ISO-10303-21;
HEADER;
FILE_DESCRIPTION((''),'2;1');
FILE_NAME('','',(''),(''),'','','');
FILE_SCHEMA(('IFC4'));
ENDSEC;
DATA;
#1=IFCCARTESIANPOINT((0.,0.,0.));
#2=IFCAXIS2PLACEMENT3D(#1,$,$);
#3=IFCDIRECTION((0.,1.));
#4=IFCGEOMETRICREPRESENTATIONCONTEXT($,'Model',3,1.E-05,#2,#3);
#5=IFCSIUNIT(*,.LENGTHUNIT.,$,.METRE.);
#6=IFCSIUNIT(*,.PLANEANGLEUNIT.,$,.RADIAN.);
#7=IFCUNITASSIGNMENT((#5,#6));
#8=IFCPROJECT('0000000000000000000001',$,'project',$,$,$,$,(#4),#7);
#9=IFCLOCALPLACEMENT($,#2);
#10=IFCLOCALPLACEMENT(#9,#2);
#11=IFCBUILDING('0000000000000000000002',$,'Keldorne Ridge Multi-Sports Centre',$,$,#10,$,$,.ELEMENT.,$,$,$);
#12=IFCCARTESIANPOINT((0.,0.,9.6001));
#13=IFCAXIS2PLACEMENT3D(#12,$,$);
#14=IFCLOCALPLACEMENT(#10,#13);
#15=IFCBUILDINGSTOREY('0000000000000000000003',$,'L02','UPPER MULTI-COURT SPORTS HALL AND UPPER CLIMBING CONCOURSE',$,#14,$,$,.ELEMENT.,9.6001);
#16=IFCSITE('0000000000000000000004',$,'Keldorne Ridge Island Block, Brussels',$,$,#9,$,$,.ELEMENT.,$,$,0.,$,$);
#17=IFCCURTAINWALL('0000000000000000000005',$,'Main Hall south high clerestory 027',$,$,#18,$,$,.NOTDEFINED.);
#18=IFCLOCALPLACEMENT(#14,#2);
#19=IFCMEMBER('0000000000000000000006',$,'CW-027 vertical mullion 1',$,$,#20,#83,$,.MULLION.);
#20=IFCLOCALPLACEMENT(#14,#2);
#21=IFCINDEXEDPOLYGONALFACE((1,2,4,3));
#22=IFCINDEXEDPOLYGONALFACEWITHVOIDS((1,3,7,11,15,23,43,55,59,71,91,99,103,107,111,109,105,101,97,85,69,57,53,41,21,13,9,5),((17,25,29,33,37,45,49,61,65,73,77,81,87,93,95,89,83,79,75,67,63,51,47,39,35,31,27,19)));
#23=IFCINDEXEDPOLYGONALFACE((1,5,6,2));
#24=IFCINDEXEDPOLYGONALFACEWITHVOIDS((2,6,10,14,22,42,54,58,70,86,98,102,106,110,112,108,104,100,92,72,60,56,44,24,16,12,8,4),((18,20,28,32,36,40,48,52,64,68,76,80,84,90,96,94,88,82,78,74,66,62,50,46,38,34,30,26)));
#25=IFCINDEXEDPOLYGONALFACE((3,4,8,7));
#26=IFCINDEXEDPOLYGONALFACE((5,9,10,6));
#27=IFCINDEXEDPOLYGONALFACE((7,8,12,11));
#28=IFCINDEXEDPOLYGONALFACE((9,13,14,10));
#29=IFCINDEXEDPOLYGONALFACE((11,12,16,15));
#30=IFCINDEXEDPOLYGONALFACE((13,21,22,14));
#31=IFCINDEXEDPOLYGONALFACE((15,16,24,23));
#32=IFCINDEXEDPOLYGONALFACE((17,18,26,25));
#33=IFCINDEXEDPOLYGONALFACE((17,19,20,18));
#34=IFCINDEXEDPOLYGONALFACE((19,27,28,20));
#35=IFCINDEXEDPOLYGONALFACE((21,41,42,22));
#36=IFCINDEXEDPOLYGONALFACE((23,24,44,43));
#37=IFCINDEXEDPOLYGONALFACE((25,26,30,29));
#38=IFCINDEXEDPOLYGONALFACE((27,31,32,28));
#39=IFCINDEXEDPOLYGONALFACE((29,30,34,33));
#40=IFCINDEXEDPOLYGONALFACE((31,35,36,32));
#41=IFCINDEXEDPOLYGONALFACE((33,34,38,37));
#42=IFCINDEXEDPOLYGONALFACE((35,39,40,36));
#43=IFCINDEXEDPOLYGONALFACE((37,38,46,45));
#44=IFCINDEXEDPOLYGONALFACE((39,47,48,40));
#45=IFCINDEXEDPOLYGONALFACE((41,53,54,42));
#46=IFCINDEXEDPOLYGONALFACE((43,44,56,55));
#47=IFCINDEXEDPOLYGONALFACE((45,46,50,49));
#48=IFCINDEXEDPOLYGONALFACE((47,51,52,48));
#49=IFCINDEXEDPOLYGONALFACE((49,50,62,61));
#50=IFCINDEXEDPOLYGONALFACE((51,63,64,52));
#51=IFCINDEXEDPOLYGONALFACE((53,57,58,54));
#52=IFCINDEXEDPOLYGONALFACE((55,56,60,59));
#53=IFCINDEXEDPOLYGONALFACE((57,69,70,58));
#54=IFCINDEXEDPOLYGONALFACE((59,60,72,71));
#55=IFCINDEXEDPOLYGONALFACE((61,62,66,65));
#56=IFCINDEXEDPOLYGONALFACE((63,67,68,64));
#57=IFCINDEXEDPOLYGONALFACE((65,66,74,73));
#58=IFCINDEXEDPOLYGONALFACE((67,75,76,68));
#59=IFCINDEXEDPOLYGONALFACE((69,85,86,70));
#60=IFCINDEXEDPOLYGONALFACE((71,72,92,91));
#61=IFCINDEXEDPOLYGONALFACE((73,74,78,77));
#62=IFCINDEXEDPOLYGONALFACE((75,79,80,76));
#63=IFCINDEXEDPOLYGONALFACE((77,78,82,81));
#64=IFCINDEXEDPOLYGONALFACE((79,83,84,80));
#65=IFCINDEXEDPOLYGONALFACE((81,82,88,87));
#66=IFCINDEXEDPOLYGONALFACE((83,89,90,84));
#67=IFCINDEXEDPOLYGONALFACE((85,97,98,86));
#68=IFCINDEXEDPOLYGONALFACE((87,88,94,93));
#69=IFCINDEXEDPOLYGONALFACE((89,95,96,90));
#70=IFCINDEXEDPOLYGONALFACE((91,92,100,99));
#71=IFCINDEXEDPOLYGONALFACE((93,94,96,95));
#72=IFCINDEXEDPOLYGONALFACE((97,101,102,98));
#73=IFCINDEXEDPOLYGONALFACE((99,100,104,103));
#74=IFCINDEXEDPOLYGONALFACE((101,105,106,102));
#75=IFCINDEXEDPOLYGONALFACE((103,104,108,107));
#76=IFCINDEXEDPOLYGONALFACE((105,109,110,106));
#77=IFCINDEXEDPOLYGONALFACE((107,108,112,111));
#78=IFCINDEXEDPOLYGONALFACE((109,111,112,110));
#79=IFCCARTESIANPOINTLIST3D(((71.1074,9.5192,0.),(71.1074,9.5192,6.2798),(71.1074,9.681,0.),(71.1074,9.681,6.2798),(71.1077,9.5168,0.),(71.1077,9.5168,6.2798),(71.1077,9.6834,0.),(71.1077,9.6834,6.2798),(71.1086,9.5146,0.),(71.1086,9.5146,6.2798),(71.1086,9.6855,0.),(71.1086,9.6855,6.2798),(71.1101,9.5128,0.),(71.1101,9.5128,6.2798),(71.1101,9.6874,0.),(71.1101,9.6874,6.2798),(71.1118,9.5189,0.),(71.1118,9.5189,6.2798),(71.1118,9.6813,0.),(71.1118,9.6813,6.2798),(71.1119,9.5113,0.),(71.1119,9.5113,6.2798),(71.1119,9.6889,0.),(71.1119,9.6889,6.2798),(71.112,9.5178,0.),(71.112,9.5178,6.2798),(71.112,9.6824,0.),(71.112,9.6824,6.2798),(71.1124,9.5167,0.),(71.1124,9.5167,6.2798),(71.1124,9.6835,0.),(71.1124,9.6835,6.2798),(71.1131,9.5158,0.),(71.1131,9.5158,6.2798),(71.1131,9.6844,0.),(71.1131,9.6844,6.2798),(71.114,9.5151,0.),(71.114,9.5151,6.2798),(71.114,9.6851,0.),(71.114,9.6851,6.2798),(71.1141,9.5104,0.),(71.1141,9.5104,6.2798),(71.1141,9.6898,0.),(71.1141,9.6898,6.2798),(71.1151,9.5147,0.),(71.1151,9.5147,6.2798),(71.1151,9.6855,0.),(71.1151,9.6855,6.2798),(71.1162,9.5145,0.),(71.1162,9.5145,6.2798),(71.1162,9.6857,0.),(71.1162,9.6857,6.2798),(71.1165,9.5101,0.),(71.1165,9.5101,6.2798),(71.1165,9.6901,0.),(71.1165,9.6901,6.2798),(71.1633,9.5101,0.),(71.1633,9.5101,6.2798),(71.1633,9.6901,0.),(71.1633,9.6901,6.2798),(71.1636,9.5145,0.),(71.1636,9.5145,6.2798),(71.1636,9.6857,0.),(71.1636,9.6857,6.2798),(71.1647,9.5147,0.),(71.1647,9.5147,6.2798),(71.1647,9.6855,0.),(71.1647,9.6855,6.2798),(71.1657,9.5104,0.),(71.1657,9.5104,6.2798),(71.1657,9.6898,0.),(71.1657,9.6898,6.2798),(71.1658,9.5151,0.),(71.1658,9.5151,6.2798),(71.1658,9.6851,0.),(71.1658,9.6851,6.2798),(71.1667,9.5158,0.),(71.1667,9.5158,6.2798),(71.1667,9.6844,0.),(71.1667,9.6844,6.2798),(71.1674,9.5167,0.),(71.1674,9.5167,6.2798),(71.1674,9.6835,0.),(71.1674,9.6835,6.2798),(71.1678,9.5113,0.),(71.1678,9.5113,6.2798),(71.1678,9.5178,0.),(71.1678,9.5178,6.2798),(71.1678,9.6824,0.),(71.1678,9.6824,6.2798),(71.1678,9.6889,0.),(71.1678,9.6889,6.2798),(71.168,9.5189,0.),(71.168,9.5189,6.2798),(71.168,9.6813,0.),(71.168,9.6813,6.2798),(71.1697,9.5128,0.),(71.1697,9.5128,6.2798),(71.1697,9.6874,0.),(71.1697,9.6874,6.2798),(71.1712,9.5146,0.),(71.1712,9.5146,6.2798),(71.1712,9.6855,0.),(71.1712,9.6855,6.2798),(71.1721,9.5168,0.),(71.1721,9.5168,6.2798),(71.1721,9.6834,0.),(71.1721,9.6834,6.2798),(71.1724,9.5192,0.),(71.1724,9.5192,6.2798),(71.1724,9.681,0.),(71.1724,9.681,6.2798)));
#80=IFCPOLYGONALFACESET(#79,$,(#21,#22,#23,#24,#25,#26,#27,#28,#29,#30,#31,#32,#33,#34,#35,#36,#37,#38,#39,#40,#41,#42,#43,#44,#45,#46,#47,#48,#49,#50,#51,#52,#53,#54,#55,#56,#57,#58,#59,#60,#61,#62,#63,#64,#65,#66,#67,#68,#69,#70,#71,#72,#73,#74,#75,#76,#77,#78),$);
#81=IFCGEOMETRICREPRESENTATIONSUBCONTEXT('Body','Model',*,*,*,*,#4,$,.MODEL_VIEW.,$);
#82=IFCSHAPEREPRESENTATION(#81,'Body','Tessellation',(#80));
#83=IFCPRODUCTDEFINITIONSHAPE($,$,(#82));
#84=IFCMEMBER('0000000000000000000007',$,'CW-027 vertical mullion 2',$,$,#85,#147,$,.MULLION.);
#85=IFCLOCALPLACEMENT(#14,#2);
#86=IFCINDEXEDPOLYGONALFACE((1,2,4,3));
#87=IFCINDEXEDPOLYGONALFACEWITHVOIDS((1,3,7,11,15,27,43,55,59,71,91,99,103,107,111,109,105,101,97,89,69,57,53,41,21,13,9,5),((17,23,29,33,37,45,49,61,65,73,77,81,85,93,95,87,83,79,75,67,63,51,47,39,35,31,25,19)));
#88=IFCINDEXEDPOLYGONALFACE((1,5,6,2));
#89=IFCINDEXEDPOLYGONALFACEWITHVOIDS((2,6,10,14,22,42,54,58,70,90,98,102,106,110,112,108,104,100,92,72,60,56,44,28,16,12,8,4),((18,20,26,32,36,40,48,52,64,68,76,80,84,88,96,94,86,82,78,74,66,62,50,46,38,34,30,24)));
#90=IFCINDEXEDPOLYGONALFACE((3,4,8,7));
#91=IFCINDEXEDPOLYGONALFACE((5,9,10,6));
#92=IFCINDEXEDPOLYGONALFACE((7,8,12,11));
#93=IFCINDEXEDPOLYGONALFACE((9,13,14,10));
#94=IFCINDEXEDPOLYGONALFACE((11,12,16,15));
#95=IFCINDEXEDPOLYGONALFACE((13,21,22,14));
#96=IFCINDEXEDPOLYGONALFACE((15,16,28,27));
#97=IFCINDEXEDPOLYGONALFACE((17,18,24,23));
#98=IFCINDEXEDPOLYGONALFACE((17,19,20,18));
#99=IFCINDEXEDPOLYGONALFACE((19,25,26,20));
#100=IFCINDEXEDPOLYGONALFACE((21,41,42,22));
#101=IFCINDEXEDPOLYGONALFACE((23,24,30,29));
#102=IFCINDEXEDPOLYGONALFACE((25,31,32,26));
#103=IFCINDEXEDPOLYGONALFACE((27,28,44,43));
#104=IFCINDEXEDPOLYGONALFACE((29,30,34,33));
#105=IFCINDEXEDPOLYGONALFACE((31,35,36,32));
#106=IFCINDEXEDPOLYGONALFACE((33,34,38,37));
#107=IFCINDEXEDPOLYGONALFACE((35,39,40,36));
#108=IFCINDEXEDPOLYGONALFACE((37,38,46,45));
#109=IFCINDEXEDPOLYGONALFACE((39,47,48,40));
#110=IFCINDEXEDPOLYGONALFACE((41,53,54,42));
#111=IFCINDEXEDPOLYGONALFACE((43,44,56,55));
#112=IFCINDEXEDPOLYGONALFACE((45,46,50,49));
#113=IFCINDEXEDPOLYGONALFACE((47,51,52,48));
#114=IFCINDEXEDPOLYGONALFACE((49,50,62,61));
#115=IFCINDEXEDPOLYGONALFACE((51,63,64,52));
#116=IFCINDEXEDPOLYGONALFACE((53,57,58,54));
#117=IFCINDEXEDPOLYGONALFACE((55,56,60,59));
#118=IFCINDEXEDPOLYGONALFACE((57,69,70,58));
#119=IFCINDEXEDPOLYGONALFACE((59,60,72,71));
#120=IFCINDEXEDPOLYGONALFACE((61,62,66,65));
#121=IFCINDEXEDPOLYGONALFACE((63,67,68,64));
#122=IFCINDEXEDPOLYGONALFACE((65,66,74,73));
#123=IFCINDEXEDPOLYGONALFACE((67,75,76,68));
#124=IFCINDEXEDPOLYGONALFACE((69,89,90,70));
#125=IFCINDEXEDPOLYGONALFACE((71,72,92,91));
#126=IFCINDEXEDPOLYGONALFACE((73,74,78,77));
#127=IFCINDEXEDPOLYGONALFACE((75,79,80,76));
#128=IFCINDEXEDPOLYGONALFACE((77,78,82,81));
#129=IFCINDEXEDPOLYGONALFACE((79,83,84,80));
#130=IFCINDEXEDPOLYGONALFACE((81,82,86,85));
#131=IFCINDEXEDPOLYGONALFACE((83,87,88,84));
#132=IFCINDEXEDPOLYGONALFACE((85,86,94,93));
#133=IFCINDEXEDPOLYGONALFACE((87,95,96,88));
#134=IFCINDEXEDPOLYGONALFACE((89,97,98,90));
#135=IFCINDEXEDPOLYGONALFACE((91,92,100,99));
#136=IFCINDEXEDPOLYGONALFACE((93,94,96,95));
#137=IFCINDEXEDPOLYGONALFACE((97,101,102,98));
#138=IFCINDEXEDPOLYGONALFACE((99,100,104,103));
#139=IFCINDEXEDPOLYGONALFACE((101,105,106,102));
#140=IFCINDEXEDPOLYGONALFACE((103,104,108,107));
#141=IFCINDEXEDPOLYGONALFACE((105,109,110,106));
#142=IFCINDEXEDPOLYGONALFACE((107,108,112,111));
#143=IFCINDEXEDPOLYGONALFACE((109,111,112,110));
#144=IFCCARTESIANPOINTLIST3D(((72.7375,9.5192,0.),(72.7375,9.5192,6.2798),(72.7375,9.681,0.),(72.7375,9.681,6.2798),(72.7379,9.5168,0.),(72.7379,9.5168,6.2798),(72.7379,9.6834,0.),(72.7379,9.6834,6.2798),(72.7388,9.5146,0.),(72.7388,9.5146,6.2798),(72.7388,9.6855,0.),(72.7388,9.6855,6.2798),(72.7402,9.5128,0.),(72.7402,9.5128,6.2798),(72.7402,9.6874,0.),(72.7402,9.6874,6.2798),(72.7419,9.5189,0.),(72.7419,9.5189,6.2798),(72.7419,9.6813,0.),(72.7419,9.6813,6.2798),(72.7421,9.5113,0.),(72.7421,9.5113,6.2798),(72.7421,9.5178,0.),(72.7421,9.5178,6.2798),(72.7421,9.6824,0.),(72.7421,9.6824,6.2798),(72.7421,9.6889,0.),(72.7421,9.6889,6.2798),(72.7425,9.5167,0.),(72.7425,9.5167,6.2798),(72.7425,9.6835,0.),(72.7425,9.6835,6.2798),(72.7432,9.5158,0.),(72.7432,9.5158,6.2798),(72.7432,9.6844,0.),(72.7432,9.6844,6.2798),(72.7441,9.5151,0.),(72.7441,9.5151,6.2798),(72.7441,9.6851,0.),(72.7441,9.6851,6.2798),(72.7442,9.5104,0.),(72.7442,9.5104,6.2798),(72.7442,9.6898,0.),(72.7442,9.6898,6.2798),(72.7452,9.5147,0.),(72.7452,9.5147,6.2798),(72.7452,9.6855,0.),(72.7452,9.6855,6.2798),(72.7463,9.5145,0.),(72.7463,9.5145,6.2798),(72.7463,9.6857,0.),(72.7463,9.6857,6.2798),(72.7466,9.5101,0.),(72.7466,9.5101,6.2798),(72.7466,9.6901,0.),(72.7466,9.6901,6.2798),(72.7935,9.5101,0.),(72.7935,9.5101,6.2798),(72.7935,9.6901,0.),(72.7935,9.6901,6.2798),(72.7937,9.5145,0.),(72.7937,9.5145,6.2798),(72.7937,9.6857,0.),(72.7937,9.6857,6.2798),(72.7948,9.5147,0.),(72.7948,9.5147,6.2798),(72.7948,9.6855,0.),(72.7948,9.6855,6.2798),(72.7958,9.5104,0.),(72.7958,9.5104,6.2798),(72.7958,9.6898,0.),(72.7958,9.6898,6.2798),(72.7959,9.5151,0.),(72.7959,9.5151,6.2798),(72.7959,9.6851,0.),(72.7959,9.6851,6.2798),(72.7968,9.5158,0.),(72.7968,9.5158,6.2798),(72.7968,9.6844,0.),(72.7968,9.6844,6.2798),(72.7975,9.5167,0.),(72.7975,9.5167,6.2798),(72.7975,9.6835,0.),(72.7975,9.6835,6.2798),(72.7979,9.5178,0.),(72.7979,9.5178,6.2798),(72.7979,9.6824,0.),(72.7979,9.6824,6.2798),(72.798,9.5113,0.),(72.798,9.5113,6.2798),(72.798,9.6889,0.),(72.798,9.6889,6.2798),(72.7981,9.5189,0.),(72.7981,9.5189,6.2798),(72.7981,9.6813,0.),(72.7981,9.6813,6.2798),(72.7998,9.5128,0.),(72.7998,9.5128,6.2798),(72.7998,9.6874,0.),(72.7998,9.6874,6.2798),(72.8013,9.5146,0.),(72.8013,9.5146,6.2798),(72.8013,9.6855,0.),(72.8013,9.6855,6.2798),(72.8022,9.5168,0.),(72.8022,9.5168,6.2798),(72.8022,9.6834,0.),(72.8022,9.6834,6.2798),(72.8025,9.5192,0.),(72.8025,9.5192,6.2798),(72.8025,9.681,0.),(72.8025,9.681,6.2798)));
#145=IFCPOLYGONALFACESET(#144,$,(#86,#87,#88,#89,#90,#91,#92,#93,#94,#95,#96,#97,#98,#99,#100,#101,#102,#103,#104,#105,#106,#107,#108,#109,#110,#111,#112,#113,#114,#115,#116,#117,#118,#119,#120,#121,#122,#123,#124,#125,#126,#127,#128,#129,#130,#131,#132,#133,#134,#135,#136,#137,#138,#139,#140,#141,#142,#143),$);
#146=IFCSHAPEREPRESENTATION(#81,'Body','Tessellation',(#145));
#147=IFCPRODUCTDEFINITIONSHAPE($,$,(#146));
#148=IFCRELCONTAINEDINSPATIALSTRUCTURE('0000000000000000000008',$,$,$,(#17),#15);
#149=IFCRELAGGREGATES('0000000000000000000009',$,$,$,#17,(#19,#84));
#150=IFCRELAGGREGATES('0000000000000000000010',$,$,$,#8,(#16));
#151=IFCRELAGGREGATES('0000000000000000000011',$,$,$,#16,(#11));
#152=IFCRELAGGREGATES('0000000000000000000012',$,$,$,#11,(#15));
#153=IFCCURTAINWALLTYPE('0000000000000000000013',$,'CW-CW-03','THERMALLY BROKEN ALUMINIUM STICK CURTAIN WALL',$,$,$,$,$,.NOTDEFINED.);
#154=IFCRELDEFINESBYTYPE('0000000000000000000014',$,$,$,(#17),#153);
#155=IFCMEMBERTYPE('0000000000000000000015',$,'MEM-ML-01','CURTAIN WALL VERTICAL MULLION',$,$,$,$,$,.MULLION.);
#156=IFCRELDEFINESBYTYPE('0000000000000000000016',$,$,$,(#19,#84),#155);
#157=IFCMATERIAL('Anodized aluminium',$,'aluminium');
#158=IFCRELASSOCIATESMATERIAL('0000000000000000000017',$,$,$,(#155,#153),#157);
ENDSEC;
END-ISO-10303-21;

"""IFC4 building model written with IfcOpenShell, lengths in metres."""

from ifc_helpers import new_model, si_unit, direction, frame, origin, origin_2d, place, context, subcontext, project, spatial, hollow_rectangle, extrude, material, material_profile, profile_set, type_object, element, aggregate, save


model = new_model("IFC4")

# Units and contexts
model_context = context("Model", 3, precision=1e-05, world=origin(), true_north=direction((0.0, 1.0)))
body_context = subcontext(model_context, "Body", "Model", "MODEL_VIEW")
ifc_project = project(units=[si_unit("LENGTHUNIT", "METRE"), si_unit("PLANEANGLEUNIT", "RADIAN")], contexts=[model_context])

# Site, building, storey
site_placement = place(None, origin())
site = spatial("IfcSite", under=ifc_project, at=site_placement, Name="Keldorne Ridge Island Block, Brussels", CompositionType="ELEMENT", RefElevation=0.0)
building_placement = place(site_placement, origin())
building = spatial("IfcBuilding", under=site, at=building_placement, Name="Keldorne Ridge Multi-Sports Centre", CompositionType="ELEMENT")
storey_placement = place(building_placement, frame((0.0, 0.0, 9.6001)))
storey = spatial("IfcBuildingStorey", under=building, at=storey_placement, Name="L02", Description="UPPER MULTI-COURT SPORTS HALL AND UPPER CLIMBING CONCOURSE", CompositionType="ELEMENT", Elevation=9.6001)

# Curtain wall, members
ifc_material_1 = material(Name="Anodized aluminium", Category="aluminium")
ifc_material_profile_1 = material_profile(ifc_material_1, hollow_rectangle(XDim=0.0649, YDim=0.1799, WallThickness=0.0044, InnerFilletRadius=0.0044, OuterFilletRadius=0.009, at=origin_2d()), Name="ALU MULLION 180x65x4.5")
ifc_profile_set_1 = profile_set([ifc_material_profile_1], Name="Anodized aluminium")
member_type_1 = type_object("IfcMemberType", Name="MEM-ML-01", Description="CURTAIN WALL VERTICAL MULLION", PredefinedType="MULLION", material=ifc_profile_set_1)
curtain_wall_type_1 = type_object("IfcCurtainWallType", Name="CW-CW-03", Description="THERMALLY BROKEN ALUMINIUM STICK CURTAIN WALL", PredefinedType="NOTDEFINED", material=ifc_material_1)
curtain_wall_1_placement = place(storey_placement, origin())
curtain_wall_1 = element("IfcCurtainWall", 1, at=curtain_wall_1_placement, inside=storey, type_object=curtain_wall_type_1, Name="Main Hall south high clerestory 027", PredefinedType="NOTDEFINED")
member_1_placement = place(storey_placement, frame((71.1399, 9.6001, 0.0), z_axis=(0.0, 0.0, 1.0), x_axis=(1.0, 0.0, 0.0)))
member_1 = element("IfcMember", 2, at=member_1_placement, type_object=member_type_1, Name="CW-027 vertical mullion 1", PredefinedType="MULLION", context=body_context, shape_type="SweptSolid", body=[
    extrude(hollow_rectangle(XDim=0.0649, YDim=0.1799, WallThickness=0.0044, InnerFilletRadius=0.0044, OuterFilletRadius=0.009, at=origin_2d()), origin(), (0.0, 0.0, 1.0), 6.2798),
])
member_2_placement = place(storey_placement, frame((72.77, 9.6001, 0.0), z_axis=(0.0, 0.0, 1.0), x_axis=(1.0, 0.0, 0.0)))
member_2 = element("IfcMember", 3, at=member_2_placement, type_object=member_type_1, Name="CW-027 vertical mullion 2", PredefinedType="MULLION", context=body_context, shape_type="SweptSolid", body=[
    extrude(hollow_rectangle(XDim=0.0649, YDim=0.1799, WallThickness=0.0044, InnerFilletRadius=0.0044, OuterFilletRadius=0.009, at=origin_2d()), origin(), (0.0, 0.0, 1.0), 6.2798),
])

aggregate(curtain_wall_1, [member_1, member_2])

save(model, "model.ifc")
